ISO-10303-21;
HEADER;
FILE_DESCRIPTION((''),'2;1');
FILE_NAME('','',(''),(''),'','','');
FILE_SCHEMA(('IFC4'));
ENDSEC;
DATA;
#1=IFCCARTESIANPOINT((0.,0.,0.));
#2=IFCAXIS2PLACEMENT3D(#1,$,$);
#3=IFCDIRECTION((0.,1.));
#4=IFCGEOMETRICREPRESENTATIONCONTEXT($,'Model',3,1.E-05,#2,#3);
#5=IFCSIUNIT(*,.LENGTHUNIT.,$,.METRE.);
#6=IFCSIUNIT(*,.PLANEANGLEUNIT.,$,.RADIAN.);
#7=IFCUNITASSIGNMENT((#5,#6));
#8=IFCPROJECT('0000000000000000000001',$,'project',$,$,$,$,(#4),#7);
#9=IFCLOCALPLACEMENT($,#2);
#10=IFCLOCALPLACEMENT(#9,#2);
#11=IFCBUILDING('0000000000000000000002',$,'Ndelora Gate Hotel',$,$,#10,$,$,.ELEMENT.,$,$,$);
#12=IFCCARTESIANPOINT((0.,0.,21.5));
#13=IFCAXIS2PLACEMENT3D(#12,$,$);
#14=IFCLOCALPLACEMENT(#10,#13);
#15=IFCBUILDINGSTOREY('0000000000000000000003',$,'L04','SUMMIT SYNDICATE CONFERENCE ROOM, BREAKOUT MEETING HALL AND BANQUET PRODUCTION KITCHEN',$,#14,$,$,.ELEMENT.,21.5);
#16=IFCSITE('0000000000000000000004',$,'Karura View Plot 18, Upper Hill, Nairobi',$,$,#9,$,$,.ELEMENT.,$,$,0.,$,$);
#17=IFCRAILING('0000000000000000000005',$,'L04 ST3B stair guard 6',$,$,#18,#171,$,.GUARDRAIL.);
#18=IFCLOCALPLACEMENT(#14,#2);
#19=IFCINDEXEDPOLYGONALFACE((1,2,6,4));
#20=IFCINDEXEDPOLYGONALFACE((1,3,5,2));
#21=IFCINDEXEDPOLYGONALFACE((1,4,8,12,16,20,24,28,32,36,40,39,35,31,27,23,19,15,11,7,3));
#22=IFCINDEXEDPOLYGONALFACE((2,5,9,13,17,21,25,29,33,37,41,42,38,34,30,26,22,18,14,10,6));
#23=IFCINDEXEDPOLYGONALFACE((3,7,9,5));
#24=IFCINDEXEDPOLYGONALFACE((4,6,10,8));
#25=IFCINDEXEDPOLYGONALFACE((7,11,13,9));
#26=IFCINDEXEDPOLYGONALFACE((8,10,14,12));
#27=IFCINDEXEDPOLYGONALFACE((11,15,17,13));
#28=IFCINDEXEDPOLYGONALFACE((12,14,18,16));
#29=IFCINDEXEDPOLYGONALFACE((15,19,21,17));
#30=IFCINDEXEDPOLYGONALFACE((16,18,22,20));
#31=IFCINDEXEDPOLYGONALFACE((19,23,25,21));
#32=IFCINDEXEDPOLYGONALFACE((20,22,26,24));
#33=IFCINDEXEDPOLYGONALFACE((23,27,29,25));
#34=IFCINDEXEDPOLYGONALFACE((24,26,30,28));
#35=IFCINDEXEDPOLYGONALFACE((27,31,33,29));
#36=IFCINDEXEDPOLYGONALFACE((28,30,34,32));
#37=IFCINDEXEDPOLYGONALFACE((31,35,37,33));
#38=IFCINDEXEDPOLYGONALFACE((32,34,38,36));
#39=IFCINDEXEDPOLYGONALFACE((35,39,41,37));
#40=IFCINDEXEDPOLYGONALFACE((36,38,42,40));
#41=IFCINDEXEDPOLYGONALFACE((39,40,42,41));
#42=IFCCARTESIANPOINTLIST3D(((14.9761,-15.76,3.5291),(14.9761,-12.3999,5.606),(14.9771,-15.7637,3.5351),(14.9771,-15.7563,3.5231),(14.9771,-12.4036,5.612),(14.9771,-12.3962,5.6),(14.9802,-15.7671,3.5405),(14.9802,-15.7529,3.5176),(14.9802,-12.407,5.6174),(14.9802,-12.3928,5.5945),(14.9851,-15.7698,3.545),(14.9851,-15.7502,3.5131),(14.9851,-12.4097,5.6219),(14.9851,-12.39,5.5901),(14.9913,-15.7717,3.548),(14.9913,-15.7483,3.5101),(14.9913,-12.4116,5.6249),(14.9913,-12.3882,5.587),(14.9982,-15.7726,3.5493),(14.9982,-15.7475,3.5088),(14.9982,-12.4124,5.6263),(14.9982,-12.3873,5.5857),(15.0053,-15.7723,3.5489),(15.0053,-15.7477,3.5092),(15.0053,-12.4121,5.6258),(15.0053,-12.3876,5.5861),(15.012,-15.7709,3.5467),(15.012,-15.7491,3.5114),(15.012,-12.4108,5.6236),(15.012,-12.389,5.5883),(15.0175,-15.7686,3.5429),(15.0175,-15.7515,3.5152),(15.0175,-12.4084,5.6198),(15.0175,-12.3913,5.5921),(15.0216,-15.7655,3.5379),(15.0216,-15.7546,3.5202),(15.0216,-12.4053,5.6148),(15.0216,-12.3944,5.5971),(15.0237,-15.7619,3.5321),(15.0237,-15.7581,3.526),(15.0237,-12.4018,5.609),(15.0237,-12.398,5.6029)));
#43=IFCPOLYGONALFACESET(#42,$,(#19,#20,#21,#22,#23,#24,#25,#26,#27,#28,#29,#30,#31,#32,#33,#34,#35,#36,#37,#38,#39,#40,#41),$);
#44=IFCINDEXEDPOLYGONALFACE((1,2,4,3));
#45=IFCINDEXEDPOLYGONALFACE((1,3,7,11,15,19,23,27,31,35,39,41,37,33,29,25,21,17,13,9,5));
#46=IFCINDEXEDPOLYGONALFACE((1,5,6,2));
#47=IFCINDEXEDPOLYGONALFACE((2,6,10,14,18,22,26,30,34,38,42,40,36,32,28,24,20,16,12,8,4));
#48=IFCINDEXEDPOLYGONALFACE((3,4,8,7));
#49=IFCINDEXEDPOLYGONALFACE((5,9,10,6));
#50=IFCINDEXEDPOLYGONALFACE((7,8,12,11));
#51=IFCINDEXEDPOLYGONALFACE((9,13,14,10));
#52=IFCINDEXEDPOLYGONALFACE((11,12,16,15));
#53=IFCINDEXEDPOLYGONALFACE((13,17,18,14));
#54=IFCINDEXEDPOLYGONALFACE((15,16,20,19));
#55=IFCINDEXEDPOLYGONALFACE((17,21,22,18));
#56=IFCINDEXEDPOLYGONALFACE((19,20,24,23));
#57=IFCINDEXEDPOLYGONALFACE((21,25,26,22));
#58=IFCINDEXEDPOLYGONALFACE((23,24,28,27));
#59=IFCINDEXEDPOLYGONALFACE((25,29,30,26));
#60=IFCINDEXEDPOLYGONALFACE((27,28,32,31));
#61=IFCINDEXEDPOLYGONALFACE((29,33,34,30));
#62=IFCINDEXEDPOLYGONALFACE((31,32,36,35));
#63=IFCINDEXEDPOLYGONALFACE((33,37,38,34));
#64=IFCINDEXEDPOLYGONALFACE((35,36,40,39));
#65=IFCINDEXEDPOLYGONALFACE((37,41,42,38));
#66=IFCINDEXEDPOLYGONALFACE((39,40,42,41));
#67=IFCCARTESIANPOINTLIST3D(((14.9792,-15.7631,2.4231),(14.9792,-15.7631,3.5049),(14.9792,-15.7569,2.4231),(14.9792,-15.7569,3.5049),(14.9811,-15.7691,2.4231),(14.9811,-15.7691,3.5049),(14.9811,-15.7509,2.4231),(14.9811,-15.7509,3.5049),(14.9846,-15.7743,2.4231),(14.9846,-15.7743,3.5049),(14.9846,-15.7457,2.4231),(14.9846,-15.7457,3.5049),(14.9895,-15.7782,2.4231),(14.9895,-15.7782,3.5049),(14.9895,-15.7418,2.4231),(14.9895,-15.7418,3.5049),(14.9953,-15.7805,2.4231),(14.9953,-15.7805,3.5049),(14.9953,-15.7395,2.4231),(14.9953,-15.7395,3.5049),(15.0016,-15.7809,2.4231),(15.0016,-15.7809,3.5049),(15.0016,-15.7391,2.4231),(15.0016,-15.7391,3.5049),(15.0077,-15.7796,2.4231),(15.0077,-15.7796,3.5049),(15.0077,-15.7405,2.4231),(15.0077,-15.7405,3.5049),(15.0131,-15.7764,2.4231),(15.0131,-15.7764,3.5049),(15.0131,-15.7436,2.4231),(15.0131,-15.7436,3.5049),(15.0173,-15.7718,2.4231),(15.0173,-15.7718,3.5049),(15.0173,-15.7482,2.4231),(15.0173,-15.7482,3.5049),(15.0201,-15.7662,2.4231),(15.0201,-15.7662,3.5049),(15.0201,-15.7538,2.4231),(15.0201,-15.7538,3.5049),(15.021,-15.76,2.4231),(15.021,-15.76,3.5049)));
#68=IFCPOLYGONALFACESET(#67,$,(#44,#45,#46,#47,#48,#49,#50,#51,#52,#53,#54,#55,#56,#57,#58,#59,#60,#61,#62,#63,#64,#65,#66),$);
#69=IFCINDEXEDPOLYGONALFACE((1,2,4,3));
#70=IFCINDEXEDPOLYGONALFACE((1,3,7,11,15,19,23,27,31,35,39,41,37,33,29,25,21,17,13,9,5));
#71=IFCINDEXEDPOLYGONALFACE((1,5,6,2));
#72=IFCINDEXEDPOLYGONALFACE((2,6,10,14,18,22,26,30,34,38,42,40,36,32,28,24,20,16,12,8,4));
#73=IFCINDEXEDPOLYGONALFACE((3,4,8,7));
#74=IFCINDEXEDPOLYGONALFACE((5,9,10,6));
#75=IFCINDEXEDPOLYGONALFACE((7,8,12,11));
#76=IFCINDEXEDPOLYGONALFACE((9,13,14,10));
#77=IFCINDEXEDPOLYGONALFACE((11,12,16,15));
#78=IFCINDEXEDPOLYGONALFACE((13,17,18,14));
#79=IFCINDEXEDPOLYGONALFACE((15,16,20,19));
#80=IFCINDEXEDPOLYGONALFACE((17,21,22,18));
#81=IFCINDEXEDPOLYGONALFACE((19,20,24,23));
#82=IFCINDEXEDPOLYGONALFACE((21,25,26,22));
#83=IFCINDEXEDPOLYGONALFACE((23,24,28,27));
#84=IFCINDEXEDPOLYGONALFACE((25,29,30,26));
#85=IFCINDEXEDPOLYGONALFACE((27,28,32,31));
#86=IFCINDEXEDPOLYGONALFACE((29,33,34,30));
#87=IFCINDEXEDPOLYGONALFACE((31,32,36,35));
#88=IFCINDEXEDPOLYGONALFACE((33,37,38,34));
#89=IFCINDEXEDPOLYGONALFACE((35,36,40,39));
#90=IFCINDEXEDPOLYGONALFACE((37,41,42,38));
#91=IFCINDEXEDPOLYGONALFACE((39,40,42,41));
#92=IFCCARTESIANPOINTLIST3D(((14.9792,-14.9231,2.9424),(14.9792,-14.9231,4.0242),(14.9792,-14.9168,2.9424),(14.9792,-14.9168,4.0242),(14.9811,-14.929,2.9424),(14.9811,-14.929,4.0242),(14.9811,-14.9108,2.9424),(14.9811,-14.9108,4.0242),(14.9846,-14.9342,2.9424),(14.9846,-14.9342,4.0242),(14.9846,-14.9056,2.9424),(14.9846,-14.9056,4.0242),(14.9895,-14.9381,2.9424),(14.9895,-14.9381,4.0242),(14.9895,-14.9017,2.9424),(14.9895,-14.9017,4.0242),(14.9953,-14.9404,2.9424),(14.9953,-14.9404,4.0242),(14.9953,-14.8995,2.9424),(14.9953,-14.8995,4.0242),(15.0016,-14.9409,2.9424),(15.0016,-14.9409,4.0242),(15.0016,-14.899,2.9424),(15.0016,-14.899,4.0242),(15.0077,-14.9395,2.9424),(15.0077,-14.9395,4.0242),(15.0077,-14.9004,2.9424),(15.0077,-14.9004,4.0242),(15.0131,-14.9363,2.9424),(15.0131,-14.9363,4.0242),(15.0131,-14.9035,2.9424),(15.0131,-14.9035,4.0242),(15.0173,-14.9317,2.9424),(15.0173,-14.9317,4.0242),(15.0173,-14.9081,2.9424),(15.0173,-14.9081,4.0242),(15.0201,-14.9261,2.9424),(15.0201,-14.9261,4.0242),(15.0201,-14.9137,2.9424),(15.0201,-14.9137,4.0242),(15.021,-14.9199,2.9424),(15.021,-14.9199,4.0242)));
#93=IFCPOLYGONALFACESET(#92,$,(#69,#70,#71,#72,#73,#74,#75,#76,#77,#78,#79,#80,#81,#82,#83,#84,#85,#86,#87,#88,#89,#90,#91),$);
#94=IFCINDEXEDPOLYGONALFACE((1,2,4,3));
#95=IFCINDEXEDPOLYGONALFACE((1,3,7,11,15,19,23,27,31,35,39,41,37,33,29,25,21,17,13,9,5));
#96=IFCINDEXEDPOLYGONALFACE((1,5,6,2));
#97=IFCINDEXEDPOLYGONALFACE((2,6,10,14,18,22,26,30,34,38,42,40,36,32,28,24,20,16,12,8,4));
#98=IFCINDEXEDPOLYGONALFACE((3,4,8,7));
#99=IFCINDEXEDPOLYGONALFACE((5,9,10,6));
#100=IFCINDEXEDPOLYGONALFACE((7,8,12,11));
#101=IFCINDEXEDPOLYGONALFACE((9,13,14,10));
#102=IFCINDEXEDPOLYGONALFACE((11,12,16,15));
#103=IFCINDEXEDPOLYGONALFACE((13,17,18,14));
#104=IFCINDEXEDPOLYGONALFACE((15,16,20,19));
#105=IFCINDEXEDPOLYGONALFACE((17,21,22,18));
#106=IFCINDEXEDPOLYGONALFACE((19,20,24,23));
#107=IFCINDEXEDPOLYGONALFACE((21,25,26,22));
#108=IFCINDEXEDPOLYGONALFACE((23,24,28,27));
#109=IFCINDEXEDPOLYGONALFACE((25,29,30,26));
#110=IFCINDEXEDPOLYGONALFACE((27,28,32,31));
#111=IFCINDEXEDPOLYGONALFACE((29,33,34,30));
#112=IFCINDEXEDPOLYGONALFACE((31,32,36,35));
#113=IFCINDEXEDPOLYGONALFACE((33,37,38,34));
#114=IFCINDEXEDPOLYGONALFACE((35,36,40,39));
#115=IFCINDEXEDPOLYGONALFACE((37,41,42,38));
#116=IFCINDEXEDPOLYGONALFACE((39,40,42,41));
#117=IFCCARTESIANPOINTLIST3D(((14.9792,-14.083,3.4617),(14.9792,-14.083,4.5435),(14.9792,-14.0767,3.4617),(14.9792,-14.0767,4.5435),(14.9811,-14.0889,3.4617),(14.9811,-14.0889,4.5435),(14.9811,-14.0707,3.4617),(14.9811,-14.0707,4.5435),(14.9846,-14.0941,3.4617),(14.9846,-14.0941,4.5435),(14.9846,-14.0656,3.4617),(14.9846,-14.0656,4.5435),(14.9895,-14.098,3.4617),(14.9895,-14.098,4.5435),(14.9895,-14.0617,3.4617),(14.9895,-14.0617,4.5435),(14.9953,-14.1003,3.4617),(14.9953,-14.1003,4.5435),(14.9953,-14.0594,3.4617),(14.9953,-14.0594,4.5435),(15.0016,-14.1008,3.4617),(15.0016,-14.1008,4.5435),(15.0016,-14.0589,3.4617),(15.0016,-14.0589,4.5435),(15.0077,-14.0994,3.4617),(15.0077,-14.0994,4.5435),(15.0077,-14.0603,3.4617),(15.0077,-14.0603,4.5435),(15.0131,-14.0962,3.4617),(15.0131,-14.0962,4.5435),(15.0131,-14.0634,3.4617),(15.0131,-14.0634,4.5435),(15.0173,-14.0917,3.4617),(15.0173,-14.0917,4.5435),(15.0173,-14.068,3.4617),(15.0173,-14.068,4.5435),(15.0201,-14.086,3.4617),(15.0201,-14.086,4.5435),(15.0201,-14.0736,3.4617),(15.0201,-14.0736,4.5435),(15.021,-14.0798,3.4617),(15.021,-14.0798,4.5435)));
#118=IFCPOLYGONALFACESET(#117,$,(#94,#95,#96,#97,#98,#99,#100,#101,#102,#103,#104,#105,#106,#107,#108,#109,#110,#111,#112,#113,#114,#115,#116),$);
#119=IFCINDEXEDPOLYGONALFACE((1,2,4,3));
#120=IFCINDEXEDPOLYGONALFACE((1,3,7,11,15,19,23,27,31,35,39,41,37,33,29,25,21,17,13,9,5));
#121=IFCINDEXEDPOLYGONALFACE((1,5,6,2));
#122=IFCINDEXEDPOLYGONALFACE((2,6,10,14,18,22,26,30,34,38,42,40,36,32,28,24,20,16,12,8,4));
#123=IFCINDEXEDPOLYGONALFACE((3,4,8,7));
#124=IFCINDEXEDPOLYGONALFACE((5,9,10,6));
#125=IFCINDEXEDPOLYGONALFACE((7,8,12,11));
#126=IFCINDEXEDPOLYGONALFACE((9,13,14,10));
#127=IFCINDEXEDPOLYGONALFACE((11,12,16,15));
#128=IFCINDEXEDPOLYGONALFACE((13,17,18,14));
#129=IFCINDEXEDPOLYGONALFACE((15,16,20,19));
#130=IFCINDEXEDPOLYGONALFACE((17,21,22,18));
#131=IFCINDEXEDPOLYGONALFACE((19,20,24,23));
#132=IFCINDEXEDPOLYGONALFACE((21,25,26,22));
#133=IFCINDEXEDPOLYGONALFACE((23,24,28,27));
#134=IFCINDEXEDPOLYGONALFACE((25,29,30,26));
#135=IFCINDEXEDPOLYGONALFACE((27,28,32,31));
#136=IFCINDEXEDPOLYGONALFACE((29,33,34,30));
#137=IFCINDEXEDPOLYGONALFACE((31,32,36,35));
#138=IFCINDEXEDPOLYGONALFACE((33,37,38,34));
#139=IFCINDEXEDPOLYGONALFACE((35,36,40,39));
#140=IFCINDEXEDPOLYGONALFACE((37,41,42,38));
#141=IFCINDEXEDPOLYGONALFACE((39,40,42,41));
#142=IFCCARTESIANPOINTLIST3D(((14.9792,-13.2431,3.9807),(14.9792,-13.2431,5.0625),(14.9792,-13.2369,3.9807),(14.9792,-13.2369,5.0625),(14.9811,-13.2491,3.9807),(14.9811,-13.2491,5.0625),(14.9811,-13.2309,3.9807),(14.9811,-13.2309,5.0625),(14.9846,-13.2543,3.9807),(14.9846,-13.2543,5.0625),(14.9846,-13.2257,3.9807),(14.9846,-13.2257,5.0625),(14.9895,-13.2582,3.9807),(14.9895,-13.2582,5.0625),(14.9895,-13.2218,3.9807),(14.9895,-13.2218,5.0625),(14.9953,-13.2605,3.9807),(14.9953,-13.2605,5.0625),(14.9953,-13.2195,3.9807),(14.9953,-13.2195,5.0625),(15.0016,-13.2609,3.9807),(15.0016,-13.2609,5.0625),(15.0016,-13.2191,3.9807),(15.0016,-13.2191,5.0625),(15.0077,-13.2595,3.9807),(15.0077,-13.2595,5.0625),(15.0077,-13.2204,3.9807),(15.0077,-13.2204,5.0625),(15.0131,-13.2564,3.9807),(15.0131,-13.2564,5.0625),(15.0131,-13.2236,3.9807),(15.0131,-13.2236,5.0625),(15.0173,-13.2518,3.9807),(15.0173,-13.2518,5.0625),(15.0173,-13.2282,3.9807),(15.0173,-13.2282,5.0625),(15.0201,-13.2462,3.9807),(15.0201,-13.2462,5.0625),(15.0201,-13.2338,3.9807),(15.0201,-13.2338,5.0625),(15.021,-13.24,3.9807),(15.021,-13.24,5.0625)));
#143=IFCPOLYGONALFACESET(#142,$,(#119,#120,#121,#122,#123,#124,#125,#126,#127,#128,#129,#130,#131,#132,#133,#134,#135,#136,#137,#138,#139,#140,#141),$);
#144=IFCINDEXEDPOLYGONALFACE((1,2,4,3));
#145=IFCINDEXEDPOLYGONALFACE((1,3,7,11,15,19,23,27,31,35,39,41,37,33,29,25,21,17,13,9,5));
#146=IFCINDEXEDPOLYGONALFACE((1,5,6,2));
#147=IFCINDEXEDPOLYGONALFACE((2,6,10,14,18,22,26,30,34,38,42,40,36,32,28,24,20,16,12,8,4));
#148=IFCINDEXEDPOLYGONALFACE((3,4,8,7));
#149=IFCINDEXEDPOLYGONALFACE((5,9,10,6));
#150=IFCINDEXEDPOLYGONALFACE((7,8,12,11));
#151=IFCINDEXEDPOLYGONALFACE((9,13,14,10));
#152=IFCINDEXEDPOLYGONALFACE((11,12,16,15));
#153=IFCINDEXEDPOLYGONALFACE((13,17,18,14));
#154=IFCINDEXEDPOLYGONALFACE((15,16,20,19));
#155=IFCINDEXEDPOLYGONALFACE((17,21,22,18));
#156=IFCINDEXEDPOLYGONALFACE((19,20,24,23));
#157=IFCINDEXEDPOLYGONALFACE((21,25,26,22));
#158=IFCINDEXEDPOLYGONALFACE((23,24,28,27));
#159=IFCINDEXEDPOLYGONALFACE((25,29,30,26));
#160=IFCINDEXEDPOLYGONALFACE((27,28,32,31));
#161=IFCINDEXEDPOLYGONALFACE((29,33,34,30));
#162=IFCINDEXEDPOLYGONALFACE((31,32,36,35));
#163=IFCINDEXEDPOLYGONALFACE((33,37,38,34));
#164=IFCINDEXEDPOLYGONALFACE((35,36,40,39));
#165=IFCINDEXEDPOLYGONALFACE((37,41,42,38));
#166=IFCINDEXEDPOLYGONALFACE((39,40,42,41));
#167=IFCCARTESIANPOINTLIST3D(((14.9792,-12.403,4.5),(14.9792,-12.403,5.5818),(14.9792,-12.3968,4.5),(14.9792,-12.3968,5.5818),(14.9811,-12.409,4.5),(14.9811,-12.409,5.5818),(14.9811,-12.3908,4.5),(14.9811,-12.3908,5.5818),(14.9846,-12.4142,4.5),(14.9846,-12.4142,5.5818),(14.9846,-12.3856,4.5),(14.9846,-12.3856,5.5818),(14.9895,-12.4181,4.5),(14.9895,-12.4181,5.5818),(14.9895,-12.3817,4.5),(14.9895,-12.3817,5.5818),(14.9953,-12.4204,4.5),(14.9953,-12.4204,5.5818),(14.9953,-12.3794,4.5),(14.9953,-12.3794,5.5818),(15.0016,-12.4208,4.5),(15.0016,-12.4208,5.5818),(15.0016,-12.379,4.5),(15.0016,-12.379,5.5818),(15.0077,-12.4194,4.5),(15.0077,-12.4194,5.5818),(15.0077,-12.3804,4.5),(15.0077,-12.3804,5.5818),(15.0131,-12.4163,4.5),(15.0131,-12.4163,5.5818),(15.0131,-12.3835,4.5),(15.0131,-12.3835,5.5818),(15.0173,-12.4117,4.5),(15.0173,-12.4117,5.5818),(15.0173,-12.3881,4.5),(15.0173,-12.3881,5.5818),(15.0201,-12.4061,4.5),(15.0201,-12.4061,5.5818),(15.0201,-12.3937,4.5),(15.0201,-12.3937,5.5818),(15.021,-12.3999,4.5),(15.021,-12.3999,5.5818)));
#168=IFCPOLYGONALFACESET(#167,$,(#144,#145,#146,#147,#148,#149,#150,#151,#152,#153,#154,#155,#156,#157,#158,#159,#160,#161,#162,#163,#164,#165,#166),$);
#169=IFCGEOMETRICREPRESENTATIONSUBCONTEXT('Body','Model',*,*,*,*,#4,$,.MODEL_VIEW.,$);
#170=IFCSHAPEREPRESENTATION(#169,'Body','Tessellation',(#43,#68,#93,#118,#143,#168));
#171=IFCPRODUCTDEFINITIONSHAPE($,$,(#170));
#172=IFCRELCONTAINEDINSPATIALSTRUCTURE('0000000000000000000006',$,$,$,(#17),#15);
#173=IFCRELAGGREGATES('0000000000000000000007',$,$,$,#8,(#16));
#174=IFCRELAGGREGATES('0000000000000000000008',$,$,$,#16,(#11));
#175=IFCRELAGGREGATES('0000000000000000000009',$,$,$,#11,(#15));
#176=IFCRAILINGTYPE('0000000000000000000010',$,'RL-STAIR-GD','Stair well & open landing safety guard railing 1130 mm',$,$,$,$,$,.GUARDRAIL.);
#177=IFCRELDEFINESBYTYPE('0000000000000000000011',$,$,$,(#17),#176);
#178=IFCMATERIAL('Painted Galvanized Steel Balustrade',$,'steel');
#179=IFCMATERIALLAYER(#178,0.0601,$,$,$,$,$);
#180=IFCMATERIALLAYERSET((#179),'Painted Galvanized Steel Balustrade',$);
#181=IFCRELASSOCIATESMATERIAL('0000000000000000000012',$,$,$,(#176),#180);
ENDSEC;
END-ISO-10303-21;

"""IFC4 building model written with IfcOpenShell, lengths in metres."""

from ifc_helpers import new_model, si_unit, direction, frame, origin, origin_2d, place, context, subcontext, project, spatial, circle, extrude, material, layer, layer_set, type_object, element, save


model = new_model("IFC4")

# Units and contexts
model_context = context("Model", 3, precision=1e-05, world=origin(), true_north=direction((0.0, 1.0)))
body_context = subcontext(model_context, "Body", "Model", "MODEL_VIEW")
ifc_project = project(units=[si_unit("LENGTHUNIT", "METRE"), si_unit("PLANEANGLEUNIT", "RADIAN")], contexts=[model_context])

# Site, building, storey
site_placement = place(None, origin())
site = spatial("IfcSite", under=ifc_project, at=site_placement, Name="Karura View Plot 18, Upper Hill, Nairobi", CompositionType="ELEMENT", RefElevation=0.0)
building_placement = place(site_placement, origin())
building = spatial("IfcBuilding", under=site, at=building_placement, Name="Ndelora Gate Hotel", CompositionType="ELEMENT")
storey_placement = place(building_placement, frame((0.0, 0.0, 21.5)))
storey = spatial("IfcBuildingStorey", under=building, at=storey_placement, Name="L04", Description="SUMMIT SYNDICATE CONFERENCE ROOM, BREAKOUT MEETING HALL AND BANQUET PRODUCTION KITCHEN", CompositionType="ELEMENT", Elevation=21.5)

# Railing
ifc_material_1 = material(Name="Painted Galvanized Steel Balustrade", Category="steel")
ifc_layer_1 = layer(ifc_material_1, 0.0601)
ifc_layer_set_1 = layer_set([ifc_layer_1], Name="Painted Galvanized Steel Balustrade")
railing_type_1 = type_object("IfcRailingType", Name="RL-STAIR-GD", Description="Stair well & open landing safety guard railing 1130 mm", PredefinedType="GUARDRAIL", material=ifc_layer_set_1)
railing_1_placement = place(storey_placement, frame((15.0, -15.76, 2.4231)))
element("IfcRailing", 1, at=railing_1_placement, inside=storey, type_object=railing_type_1, Name="L04 ST3B stair guard 6", PredefinedType="GUARDRAIL", context=body_context, shape_type="SweptSolid", body=[
    extrude(circle(Radius=0.0239, at=origin_2d()), frame((0.0, 0.0, 1.106), z_axis=(0.0, 0.850623, 0.525776), x_axis=(-1.0, 0.0, 0.0)), (0.0, 0.0, 1.0), 3.9502),
    extrude(circle(Radius=0.021, at=origin_2d()), origin(), (0.0, 0.0, 1.0), 1.0818),
    extrude(circle(Radius=0.021, at=origin_2d()), frame((0.0, 0.8401, 0.5193)), (0.0, 0.0, 1.0), 1.0818),
    extrude(circle(Radius=0.021, at=origin_2d()), frame((0.0, 1.6802, 1.0386)), (0.0, 0.0, 1.0), 1.0818),
    extrude(circle(Radius=0.021, at=origin_2d()), frame((0.0, 2.52, 1.5576)), (0.0, 0.0, 1.0), 1.0818),
    extrude(circle(Radius=0.021, at=origin_2d()), frame((0.0, 3.3601, 2.0769)), (0.0, 0.0, 1.0), 1.0818),
])

save(model, "model.ifc")
